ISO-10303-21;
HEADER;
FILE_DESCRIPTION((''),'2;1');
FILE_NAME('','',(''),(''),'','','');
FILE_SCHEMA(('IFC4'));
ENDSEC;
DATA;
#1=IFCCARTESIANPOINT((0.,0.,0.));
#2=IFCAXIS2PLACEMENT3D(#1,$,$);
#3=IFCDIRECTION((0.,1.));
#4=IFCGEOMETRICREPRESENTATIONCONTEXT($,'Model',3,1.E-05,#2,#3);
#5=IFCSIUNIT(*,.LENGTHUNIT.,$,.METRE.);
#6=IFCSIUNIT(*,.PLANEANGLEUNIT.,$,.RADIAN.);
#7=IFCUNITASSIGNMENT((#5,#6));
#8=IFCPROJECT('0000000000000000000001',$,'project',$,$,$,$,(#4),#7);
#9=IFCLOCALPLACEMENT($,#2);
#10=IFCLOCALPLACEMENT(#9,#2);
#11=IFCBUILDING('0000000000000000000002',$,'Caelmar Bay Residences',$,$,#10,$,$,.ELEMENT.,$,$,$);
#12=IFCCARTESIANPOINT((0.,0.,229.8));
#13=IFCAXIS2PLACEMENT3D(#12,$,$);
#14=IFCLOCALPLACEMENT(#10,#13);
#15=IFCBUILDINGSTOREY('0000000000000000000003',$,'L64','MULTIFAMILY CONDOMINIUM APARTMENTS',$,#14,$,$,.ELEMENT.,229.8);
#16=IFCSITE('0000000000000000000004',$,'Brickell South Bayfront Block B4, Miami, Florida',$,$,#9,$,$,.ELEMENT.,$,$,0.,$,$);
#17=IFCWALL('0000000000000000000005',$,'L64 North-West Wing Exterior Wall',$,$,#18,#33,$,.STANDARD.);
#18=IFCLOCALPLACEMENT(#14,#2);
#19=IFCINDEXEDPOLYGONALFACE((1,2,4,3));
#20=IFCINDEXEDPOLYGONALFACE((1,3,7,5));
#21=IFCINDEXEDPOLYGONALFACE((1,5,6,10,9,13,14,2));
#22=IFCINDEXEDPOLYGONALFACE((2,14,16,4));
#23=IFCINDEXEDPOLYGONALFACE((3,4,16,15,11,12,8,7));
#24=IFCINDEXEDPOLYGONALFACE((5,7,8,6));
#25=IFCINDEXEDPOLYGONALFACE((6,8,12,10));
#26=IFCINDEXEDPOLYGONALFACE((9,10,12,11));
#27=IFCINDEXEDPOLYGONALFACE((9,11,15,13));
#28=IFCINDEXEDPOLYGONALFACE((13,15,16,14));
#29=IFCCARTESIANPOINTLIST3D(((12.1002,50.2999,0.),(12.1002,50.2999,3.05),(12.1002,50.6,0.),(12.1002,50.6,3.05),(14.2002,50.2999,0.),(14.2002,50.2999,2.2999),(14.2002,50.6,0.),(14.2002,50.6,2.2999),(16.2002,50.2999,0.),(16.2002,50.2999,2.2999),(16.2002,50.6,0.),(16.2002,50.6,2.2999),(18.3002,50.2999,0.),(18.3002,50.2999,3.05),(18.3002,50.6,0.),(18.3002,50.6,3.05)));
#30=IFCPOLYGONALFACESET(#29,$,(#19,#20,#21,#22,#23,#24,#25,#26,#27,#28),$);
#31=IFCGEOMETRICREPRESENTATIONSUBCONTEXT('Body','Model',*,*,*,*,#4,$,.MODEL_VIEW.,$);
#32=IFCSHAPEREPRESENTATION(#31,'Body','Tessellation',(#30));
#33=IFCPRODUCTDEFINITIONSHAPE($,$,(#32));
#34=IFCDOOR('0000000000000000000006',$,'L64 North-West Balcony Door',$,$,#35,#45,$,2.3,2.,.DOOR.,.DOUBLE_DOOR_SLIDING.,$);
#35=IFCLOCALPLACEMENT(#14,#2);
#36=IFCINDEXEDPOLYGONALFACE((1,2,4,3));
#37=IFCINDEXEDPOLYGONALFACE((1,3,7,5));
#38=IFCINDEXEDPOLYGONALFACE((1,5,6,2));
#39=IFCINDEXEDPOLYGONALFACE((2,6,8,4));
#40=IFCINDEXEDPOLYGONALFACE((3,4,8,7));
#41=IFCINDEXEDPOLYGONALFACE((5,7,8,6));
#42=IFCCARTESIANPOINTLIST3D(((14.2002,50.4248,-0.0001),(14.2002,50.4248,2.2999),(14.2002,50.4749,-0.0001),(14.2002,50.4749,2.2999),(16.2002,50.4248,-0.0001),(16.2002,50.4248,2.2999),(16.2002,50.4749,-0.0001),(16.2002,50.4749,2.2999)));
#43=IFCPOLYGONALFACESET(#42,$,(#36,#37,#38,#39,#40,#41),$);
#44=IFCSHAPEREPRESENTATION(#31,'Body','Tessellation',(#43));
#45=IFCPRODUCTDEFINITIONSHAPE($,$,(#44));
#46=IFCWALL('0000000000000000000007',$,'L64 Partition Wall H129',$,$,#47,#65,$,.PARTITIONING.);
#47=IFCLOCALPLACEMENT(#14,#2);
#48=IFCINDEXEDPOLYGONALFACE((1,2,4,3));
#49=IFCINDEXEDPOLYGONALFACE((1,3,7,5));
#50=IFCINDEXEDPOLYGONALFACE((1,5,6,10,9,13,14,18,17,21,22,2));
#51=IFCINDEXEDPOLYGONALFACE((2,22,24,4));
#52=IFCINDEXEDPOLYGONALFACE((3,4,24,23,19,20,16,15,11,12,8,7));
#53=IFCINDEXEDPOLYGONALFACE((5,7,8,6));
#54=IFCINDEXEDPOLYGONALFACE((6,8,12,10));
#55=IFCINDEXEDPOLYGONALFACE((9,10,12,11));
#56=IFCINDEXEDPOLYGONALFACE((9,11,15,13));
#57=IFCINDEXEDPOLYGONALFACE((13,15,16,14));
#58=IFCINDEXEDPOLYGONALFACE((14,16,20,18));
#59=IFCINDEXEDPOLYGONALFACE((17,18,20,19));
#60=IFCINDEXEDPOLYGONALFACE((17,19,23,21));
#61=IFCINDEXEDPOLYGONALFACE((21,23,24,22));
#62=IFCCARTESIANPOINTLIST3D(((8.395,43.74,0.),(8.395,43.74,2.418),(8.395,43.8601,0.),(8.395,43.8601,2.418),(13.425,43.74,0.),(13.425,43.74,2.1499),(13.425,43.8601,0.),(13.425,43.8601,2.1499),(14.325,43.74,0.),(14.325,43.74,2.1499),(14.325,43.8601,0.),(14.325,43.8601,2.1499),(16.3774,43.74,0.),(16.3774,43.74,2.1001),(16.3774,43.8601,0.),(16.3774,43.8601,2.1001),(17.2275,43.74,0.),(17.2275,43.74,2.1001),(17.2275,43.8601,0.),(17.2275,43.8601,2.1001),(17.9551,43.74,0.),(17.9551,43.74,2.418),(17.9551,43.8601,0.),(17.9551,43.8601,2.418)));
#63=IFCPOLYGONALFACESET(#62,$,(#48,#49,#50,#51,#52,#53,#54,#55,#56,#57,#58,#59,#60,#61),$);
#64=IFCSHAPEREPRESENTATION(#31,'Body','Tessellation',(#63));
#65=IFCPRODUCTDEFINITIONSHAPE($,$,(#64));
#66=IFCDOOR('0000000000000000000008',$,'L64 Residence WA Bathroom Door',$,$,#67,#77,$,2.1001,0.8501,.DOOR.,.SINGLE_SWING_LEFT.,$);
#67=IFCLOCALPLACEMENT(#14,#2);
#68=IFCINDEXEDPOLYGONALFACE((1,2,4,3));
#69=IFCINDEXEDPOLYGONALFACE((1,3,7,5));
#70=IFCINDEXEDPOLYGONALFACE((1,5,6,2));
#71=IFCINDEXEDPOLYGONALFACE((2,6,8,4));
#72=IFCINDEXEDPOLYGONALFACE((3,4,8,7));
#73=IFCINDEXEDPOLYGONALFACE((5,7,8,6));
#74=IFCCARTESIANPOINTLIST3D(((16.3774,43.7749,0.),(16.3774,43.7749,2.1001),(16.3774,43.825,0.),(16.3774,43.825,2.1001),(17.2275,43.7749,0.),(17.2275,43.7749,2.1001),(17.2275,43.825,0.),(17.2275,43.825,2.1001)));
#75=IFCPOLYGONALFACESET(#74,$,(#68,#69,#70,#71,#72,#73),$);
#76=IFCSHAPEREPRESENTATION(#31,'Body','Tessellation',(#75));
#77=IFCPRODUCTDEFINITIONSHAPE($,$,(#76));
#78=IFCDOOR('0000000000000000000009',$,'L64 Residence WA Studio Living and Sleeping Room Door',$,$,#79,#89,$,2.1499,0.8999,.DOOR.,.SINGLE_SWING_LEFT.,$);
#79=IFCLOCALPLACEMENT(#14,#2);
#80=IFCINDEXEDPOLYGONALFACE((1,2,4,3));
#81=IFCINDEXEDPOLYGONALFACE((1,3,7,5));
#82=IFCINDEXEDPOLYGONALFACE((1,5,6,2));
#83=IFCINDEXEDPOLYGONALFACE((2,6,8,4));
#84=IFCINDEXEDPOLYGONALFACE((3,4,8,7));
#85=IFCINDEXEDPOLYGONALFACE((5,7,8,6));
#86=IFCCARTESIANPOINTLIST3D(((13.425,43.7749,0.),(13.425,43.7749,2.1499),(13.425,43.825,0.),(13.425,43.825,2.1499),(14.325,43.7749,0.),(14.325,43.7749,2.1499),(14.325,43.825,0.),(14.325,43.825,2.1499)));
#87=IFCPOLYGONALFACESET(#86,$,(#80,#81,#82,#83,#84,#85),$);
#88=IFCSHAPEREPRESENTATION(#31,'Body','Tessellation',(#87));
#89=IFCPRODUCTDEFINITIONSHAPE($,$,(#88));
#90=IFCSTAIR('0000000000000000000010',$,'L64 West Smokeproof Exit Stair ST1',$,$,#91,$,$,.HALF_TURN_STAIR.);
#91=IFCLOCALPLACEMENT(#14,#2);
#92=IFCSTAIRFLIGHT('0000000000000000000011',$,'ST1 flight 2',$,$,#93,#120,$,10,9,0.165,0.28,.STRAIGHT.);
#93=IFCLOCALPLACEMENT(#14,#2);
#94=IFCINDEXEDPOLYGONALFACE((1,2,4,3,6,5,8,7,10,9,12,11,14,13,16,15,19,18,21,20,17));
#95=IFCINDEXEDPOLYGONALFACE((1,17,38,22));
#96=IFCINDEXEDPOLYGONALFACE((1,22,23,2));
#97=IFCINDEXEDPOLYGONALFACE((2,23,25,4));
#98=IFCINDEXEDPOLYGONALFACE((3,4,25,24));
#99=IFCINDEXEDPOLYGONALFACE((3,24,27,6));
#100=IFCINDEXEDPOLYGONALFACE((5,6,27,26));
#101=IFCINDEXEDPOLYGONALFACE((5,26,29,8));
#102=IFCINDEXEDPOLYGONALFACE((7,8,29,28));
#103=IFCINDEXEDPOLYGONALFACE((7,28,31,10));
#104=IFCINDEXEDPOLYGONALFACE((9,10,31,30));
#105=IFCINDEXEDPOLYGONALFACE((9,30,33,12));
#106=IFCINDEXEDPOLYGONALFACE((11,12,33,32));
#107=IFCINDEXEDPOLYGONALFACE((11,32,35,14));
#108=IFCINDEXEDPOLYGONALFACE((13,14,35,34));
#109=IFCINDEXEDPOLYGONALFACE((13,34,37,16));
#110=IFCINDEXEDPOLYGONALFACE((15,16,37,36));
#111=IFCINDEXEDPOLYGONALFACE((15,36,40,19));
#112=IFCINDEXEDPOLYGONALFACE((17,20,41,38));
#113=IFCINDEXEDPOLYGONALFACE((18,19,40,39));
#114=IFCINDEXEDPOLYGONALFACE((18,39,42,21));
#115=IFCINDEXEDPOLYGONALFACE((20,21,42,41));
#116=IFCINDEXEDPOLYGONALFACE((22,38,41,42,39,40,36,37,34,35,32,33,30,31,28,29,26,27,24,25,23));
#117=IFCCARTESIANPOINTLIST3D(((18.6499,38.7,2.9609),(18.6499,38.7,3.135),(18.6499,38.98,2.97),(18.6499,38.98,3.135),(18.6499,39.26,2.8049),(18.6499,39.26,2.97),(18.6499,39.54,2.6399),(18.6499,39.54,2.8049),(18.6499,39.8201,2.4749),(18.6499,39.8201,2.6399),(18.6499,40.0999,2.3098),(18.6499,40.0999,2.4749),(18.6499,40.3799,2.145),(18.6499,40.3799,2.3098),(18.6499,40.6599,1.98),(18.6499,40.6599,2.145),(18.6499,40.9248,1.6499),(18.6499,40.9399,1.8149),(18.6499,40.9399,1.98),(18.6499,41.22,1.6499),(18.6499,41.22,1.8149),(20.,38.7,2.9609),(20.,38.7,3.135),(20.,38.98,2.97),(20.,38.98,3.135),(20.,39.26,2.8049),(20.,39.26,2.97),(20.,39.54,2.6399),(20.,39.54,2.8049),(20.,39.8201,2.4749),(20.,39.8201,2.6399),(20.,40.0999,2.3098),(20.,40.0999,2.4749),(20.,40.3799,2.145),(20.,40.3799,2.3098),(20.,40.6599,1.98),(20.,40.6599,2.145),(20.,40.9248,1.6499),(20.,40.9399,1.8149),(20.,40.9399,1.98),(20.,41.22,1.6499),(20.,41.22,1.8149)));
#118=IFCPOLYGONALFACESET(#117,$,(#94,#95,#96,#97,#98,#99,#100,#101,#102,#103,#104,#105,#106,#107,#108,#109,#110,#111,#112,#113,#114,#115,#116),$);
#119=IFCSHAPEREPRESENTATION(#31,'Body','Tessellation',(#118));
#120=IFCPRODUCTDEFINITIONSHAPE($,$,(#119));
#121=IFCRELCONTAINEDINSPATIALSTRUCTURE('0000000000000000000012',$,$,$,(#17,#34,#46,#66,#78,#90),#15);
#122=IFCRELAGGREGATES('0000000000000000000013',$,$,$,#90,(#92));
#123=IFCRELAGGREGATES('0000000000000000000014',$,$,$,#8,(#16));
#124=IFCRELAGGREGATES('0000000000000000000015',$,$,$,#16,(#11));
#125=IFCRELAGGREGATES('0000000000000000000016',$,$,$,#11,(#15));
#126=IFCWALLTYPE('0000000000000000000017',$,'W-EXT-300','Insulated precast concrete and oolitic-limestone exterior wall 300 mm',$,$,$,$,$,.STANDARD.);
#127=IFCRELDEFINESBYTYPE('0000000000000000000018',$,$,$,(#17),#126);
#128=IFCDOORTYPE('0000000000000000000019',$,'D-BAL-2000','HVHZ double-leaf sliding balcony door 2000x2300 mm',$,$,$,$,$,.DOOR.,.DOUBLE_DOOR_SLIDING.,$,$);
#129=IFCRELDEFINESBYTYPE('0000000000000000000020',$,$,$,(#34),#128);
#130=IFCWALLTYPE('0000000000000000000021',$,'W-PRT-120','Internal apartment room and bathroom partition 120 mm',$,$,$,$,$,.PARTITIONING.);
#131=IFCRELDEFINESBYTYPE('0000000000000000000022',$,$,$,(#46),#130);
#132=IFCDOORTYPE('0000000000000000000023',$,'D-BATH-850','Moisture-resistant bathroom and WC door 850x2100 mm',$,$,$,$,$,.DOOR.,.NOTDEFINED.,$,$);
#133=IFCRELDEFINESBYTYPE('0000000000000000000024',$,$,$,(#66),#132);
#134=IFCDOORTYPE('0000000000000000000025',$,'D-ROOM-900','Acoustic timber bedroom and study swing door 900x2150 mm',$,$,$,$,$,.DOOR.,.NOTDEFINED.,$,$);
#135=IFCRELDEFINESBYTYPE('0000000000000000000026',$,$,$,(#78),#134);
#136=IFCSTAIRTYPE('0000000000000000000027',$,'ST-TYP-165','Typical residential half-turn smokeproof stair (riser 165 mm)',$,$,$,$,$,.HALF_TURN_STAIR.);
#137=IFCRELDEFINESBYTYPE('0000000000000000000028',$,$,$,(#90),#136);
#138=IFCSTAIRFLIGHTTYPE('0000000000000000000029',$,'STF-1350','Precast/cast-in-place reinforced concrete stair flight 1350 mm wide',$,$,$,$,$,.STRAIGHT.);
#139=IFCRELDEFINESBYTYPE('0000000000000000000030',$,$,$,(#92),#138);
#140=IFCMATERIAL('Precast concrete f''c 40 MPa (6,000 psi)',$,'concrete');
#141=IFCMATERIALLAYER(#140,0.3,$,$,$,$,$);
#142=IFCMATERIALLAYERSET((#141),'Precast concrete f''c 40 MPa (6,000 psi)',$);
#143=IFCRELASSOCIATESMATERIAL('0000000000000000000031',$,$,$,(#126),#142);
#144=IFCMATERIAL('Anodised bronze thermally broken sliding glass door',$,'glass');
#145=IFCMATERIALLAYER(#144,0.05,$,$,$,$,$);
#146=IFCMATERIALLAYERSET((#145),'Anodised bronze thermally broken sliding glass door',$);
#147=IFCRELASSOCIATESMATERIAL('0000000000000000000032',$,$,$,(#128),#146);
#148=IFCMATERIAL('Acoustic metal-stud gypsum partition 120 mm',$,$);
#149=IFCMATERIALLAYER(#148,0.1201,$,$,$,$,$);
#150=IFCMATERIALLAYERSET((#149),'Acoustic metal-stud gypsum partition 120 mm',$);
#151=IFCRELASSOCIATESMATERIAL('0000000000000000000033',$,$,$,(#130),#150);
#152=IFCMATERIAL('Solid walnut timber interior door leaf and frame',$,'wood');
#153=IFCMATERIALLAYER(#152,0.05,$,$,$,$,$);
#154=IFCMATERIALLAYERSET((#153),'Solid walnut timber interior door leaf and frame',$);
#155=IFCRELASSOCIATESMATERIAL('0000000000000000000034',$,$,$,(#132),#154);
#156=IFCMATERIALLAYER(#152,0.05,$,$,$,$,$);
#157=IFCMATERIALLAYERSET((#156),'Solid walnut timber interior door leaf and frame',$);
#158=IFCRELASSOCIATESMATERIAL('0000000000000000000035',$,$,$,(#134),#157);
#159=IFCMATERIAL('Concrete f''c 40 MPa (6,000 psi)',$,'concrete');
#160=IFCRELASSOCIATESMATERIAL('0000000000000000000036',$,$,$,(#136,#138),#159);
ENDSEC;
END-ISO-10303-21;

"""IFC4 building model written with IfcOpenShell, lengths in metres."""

from ifc_helpers import new_model, si_unit, direction, frame, frame_2d, origin, place, context, subcontext, project, spatial, polyline, rectangle, outline, extrude, material, layer, layer_set, type_object, element, fill, aggregate, save


model = new_model("IFC4")

# Units and contexts
model_context = context("Model", 3, precision=1e-05, world=origin(), true_north=direction((0.0, 1.0)))
body_context = subcontext(model_context, "Body", "Model", "MODEL_VIEW")
ifc_project = project(units=[si_unit("LENGTHUNIT", "METRE"), si_unit("PLANEANGLEUNIT", "RADIAN")], contexts=[model_context])

# Site, building, storey
site_placement = place(None, origin())
site = spatial("IfcSite", under=ifc_project, at=site_placement, Name="Brickell South Bayfront Block B4, Miami, Florida", CompositionType="ELEMENT", RefElevation=0.0)
building_placement = place(site_placement, origin())
building = spatial("IfcBuilding", under=site, at=building_placement, Name="Caelmar Bay Residences", CompositionType="ELEMENT")
storey_placement = place(building_placement, frame((0.0, 0.0, 229.8)))
storey = spatial("IfcBuildingStorey", under=building, at=storey_placement, Name="L64", Description="MULTIFAMILY CONDOMINIUM APARTMENTS", CompositionType="ELEMENT", Elevation=229.8)

# Shared definitions
ifc_material_1 = material(Name="Precast concrete f'c 40 MPa (6,000 psi)", Category="concrete")

# Wall, opening, door
ifc_layer_1 = layer(ifc_material_1, 0.3)
ifc_layer_set_1 = layer_set([ifc_layer_1], Name="Precast concrete f'c 40 MPa (6,000 psi)")
wall_type_1 = type_object("IfcWallType", Name="W-EXT-300", Description="Insulated precast concrete and oolitic-limestone exterior wall 300 mm", PredefinedType="STANDARD", material=ifc_layer_set_1)
wall_1_placement = place(storey_placement, frame((12.1001, 50.45, 0.0), z_axis=(0.0, 0.0, 1.0), x_axis=(1.0, 0.0, 0.0)))
wall_1 = element("IfcWall", 1, at=wall_1_placement, inside=storey, type_object=wall_type_1, Name="L64 North-West Wing Exterior Wall", PredefinedType="STANDARD", context=body_context, shape_type="SweptSolid", body=[
    extrude(rectangle(XDim=6.2, YDim=0.3, at=frame_2d((3.1001, 0.0))), origin(), (0.0, 0.0, 1.0), 3.05),
])
opening_1_placement = place(wall_1_placement, frame((2.1001, 0.0, 0.0)))
opening_1 = element("IfcOpeningElement", 2, at=opening_1_placement, cuts=wall_1, PredefinedType="OPENING", context=body_context, shape_type="SweptSolid", body=[
    extrude(rectangle(XDim=2.0, YDim=2.3, at=frame_2d((1.0, 1.1499))), frame((0.0, 0.1599, 0.0), z_axis=(0.0, -1.0, 0.0), x_axis=(1.0, 0.0, 0.0)), (0.0, 0.0, 1.0), 0.3201),
])
ifc_material_2 = material(Name="Anodised bronze thermally broken sliding glass door", Category="glass")
ifc_layer_2 = layer(ifc_material_2, 0.05)
ifc_layer_set_2 = layer_set([ifc_layer_2], Name="Anodised bronze thermally broken sliding glass door")
door_type_1 = type_object("IfcDoorType", Name="D-BAL-2000", Description="HVHZ double-leaf sliding balcony door 2000x2300 mm", OperationType="DOUBLE_DOOR_SLIDING", PredefinedType="DOOR", material=ifc_layer_set_2)
door_1_placement = place(opening_1_placement, origin())
door_1 = element("IfcDoor", 3, at=door_1_placement, inside=storey, type_object=door_type_1, Name="L64 North-West Balcony Door", OperationType="DOUBLE_DOOR_SLIDING", OverallHeight=2.3, OverallWidth=2.0, PredefinedType="DOOR", context=body_context, shape_type="SweptSolid", body=[
    extrude(rectangle(XDim=2.0, YDim=2.3, at=frame_2d((1.0, 1.1499))), frame((0.0, 0.0249, 0.0), z_axis=(0.0, -1.0, 0.0), x_axis=(1.0, 0.0, 0.0)), (0.0, 0.0, 1.0), 0.05),
])
fill(opening_1, door_1)

# Wall, openings, doors
ifc_material_3 = material(Name="Acoustic metal-stud gypsum partition 120 mm")
ifc_layer_3 = layer(ifc_material_3, 0.1201)
ifc_layer_set_3 = layer_set([ifc_layer_3], Name="Acoustic metal-stud gypsum partition 120 mm")
wall_type_2 = type_object("IfcWallType", Name="W-PRT-120", Description="Internal apartment room and bathroom partition 120 mm", PredefinedType="PARTITIONING", material=ifc_layer_set_3)
wall_2_placement = place(storey_placement, frame((8.395, 43.8, 0.0), z_axis=(0.0, 0.0, 1.0), x_axis=(1.0, 0.0, 0.0)))
wall_2 = element("IfcWall", 4, at=wall_2_placement, inside=storey, type_object=wall_type_2, Name="L64 Partition Wall H129", PredefinedType="PARTITIONING", context=body_context, shape_type="SweptSolid", body=[
    extrude(rectangle(XDim=9.5601, YDim=0.1201, at=frame_2d((4.78, 0.0))), origin(), (0.0, 0.0, 1.0), 2.418),
])
opening_2_placement = place(wall_2_placement, frame((5.03, 0.0, 0.0)))
opening_2 = element("IfcOpeningElement", 5, at=opening_2_placement, cuts=wall_2, PredefinedType="OPENING", context=body_context, shape_type="SweptSolid", body=[
    extrude(rectangle(XDim=0.8999, YDim=2.1499, at=frame_2d((0.45, 1.075))), frame((0.0, 0.0701, 0.0), z_axis=(0.0, -1.0, 0.0), x_axis=(1.0, 0.0, 0.0)), (0.0, 0.0, 1.0), 0.1401),
])
opening_3_placement = place(wall_2_placement, frame((7.9824, 0.0, 0.0)))
opening_3 = element("IfcOpeningElement", 6, at=opening_3_placement, cuts=wall_2, PredefinedType="OPENING", context=body_context, shape_type="SweptSolid", body=[
    extrude(rectangle(XDim=0.8501, YDim=2.1001, at=frame_2d((0.425, 1.05))), frame((0.0, 0.0701, 0.0), z_axis=(0.0, -1.0, 0.0), x_axis=(1.0, 0.0, 0.0)), (0.0, 0.0, 1.0), 0.1401),
])
ifc_material_4 = material(Name="Solid walnut timber interior door leaf and frame", Category="wood")
ifc_layer_4 = layer(ifc_material_4, 0.05)
ifc_layer_set_4 = layer_set([ifc_layer_4], Name="Solid walnut timber interior door leaf and frame")
door_type_2 = type_object("IfcDoorType", Name="D-BATH-850", Description="Moisture-resistant bathroom and WC door 850x2100 mm", OperationType="NOTDEFINED", PredefinedType="DOOR", material=ifc_layer_set_4)
door_2_placement = place(opening_3_placement, origin())
door_2 = element("IfcDoor", 7, at=door_2_placement, inside=storey, type_object=door_type_2, Name="L64 Residence WA Bathroom Door", OperationType="SINGLE_SWING_LEFT", OverallHeight=2.1001, OverallWidth=0.8501, PredefinedType="DOOR", context=body_context, shape_type="SweptSolid", body=[
    extrude(rectangle(XDim=0.8501, YDim=2.1001, at=frame_2d((0.425, 1.05))), frame((0.0, 0.0249, 0.0), z_axis=(0.0, -1.0, 0.0), x_axis=(1.0, 0.0, 0.0)), (0.0, 0.0, 1.0), 0.05),
])
fill(opening_3, door_2)
ifc_layer_5 = layer(ifc_material_4, 0.05)
ifc_layer_set_5 = layer_set([ifc_layer_5], Name="Solid walnut timber interior door leaf and frame")
door_type_3 = type_object("IfcDoorType", Name="D-ROOM-900", Description="Acoustic timber bedroom and study swing door 900x2150 mm", OperationType="NOTDEFINED", PredefinedType="DOOR", material=ifc_layer_set_5)
door_3_placement = place(opening_2_placement, origin())
door_3 = element("IfcDoor", 8, at=door_3_placement, inside=storey, type_object=door_type_3, Name="L64 Residence WA Studio Living and Sleeping Room Door", OperationType="SINGLE_SWING_LEFT", OverallHeight=2.1499, OverallWidth=0.8999, PredefinedType="DOOR", context=body_context, shape_type="SweptSolid", body=[
    extrude(rectangle(XDim=0.8999, YDim=2.1499, at=frame_2d((0.45, 1.075))), frame((0.0, 0.0249, 0.0), z_axis=(0.0, -1.0, 0.0), x_axis=(1.0, 0.0, 0.0)), (0.0, 0.0, 1.0), 0.05),
])
fill(opening_2, door_3)

# Stair, stair flight
ifc_material_5 = material(Name="Concrete f'c 40 MPa (6,000 psi)", Category="concrete")
stair_type = type_object("IfcStairType", Name="ST-TYP-165", Description="Typical residential half-turn smokeproof stair (riser 165 mm)", PredefinedType="HALF_TURN_STAIR", material=ifc_material_5)
stair_placement = place(storey_placement, origin())
stair = element("IfcStair", 9, at=stair_placement, inside=storey, type_object=stair_type, Name="L64 West Smokeproof Exit Stair ST1", PredefinedType="HALF_TURN_STAIR")
stair_flight_type = type_object("IfcStairFlightType", Name="STF-1350", Description="Precast/cast-in-place reinforced concrete stair flight 1350 mm wide", PredefinedType="STRAIGHT", material=ifc_material_5)
stair_flight_placement = place(storey_placement, frame((19.325, 41.22, 1.6499), z_axis=(0.0, 0.0, 1.0), x_axis=(0.0, -1.0, 0.0)))
stair_flight = element("IfcStairFlight", 10, at=stair_flight_placement, type_object=stair_flight_type, Name="ST1 flight 2", NumberOfRisers=10, NumberOfTreads=9, PredefinedType="STRAIGHT", RiserHeight=0.165, TreadLength=0.28, context=body_context, shape_type="SweptSolid", body=[
    extrude(outline(polyline([(0.0, 0.0), (0.0, 0.165), (0.28, 0.165), (0.28, 0.3301), (0.5601, 0.3301), (0.5601, 0.4951), (0.8401, 0.4951), (0.8401, 0.6599), (1.1201, 0.6599), (1.1201, 0.825), (1.3999, 0.825), (1.3999, 0.99), (1.6799, 0.99), (1.6799, 1.155), (1.96, 1.155), (1.96, 1.3201), (2.24, 1.3201), (2.24, 1.4851), (2.52, 1.4851), (2.52, 1.6499), (2.52, 1.311), (0.2952, 0.0), (0.0, 0.0)])), frame((0.0, 0.675, 0.0), z_axis=(0.0, -1.0, 0.0), x_axis=(1.0, 0.0, 0.0)), (0.0, 0.0, 1.0), 1.3501),
])
aggregate(stair, [stair_flight])

save(model, "model.ifc")
